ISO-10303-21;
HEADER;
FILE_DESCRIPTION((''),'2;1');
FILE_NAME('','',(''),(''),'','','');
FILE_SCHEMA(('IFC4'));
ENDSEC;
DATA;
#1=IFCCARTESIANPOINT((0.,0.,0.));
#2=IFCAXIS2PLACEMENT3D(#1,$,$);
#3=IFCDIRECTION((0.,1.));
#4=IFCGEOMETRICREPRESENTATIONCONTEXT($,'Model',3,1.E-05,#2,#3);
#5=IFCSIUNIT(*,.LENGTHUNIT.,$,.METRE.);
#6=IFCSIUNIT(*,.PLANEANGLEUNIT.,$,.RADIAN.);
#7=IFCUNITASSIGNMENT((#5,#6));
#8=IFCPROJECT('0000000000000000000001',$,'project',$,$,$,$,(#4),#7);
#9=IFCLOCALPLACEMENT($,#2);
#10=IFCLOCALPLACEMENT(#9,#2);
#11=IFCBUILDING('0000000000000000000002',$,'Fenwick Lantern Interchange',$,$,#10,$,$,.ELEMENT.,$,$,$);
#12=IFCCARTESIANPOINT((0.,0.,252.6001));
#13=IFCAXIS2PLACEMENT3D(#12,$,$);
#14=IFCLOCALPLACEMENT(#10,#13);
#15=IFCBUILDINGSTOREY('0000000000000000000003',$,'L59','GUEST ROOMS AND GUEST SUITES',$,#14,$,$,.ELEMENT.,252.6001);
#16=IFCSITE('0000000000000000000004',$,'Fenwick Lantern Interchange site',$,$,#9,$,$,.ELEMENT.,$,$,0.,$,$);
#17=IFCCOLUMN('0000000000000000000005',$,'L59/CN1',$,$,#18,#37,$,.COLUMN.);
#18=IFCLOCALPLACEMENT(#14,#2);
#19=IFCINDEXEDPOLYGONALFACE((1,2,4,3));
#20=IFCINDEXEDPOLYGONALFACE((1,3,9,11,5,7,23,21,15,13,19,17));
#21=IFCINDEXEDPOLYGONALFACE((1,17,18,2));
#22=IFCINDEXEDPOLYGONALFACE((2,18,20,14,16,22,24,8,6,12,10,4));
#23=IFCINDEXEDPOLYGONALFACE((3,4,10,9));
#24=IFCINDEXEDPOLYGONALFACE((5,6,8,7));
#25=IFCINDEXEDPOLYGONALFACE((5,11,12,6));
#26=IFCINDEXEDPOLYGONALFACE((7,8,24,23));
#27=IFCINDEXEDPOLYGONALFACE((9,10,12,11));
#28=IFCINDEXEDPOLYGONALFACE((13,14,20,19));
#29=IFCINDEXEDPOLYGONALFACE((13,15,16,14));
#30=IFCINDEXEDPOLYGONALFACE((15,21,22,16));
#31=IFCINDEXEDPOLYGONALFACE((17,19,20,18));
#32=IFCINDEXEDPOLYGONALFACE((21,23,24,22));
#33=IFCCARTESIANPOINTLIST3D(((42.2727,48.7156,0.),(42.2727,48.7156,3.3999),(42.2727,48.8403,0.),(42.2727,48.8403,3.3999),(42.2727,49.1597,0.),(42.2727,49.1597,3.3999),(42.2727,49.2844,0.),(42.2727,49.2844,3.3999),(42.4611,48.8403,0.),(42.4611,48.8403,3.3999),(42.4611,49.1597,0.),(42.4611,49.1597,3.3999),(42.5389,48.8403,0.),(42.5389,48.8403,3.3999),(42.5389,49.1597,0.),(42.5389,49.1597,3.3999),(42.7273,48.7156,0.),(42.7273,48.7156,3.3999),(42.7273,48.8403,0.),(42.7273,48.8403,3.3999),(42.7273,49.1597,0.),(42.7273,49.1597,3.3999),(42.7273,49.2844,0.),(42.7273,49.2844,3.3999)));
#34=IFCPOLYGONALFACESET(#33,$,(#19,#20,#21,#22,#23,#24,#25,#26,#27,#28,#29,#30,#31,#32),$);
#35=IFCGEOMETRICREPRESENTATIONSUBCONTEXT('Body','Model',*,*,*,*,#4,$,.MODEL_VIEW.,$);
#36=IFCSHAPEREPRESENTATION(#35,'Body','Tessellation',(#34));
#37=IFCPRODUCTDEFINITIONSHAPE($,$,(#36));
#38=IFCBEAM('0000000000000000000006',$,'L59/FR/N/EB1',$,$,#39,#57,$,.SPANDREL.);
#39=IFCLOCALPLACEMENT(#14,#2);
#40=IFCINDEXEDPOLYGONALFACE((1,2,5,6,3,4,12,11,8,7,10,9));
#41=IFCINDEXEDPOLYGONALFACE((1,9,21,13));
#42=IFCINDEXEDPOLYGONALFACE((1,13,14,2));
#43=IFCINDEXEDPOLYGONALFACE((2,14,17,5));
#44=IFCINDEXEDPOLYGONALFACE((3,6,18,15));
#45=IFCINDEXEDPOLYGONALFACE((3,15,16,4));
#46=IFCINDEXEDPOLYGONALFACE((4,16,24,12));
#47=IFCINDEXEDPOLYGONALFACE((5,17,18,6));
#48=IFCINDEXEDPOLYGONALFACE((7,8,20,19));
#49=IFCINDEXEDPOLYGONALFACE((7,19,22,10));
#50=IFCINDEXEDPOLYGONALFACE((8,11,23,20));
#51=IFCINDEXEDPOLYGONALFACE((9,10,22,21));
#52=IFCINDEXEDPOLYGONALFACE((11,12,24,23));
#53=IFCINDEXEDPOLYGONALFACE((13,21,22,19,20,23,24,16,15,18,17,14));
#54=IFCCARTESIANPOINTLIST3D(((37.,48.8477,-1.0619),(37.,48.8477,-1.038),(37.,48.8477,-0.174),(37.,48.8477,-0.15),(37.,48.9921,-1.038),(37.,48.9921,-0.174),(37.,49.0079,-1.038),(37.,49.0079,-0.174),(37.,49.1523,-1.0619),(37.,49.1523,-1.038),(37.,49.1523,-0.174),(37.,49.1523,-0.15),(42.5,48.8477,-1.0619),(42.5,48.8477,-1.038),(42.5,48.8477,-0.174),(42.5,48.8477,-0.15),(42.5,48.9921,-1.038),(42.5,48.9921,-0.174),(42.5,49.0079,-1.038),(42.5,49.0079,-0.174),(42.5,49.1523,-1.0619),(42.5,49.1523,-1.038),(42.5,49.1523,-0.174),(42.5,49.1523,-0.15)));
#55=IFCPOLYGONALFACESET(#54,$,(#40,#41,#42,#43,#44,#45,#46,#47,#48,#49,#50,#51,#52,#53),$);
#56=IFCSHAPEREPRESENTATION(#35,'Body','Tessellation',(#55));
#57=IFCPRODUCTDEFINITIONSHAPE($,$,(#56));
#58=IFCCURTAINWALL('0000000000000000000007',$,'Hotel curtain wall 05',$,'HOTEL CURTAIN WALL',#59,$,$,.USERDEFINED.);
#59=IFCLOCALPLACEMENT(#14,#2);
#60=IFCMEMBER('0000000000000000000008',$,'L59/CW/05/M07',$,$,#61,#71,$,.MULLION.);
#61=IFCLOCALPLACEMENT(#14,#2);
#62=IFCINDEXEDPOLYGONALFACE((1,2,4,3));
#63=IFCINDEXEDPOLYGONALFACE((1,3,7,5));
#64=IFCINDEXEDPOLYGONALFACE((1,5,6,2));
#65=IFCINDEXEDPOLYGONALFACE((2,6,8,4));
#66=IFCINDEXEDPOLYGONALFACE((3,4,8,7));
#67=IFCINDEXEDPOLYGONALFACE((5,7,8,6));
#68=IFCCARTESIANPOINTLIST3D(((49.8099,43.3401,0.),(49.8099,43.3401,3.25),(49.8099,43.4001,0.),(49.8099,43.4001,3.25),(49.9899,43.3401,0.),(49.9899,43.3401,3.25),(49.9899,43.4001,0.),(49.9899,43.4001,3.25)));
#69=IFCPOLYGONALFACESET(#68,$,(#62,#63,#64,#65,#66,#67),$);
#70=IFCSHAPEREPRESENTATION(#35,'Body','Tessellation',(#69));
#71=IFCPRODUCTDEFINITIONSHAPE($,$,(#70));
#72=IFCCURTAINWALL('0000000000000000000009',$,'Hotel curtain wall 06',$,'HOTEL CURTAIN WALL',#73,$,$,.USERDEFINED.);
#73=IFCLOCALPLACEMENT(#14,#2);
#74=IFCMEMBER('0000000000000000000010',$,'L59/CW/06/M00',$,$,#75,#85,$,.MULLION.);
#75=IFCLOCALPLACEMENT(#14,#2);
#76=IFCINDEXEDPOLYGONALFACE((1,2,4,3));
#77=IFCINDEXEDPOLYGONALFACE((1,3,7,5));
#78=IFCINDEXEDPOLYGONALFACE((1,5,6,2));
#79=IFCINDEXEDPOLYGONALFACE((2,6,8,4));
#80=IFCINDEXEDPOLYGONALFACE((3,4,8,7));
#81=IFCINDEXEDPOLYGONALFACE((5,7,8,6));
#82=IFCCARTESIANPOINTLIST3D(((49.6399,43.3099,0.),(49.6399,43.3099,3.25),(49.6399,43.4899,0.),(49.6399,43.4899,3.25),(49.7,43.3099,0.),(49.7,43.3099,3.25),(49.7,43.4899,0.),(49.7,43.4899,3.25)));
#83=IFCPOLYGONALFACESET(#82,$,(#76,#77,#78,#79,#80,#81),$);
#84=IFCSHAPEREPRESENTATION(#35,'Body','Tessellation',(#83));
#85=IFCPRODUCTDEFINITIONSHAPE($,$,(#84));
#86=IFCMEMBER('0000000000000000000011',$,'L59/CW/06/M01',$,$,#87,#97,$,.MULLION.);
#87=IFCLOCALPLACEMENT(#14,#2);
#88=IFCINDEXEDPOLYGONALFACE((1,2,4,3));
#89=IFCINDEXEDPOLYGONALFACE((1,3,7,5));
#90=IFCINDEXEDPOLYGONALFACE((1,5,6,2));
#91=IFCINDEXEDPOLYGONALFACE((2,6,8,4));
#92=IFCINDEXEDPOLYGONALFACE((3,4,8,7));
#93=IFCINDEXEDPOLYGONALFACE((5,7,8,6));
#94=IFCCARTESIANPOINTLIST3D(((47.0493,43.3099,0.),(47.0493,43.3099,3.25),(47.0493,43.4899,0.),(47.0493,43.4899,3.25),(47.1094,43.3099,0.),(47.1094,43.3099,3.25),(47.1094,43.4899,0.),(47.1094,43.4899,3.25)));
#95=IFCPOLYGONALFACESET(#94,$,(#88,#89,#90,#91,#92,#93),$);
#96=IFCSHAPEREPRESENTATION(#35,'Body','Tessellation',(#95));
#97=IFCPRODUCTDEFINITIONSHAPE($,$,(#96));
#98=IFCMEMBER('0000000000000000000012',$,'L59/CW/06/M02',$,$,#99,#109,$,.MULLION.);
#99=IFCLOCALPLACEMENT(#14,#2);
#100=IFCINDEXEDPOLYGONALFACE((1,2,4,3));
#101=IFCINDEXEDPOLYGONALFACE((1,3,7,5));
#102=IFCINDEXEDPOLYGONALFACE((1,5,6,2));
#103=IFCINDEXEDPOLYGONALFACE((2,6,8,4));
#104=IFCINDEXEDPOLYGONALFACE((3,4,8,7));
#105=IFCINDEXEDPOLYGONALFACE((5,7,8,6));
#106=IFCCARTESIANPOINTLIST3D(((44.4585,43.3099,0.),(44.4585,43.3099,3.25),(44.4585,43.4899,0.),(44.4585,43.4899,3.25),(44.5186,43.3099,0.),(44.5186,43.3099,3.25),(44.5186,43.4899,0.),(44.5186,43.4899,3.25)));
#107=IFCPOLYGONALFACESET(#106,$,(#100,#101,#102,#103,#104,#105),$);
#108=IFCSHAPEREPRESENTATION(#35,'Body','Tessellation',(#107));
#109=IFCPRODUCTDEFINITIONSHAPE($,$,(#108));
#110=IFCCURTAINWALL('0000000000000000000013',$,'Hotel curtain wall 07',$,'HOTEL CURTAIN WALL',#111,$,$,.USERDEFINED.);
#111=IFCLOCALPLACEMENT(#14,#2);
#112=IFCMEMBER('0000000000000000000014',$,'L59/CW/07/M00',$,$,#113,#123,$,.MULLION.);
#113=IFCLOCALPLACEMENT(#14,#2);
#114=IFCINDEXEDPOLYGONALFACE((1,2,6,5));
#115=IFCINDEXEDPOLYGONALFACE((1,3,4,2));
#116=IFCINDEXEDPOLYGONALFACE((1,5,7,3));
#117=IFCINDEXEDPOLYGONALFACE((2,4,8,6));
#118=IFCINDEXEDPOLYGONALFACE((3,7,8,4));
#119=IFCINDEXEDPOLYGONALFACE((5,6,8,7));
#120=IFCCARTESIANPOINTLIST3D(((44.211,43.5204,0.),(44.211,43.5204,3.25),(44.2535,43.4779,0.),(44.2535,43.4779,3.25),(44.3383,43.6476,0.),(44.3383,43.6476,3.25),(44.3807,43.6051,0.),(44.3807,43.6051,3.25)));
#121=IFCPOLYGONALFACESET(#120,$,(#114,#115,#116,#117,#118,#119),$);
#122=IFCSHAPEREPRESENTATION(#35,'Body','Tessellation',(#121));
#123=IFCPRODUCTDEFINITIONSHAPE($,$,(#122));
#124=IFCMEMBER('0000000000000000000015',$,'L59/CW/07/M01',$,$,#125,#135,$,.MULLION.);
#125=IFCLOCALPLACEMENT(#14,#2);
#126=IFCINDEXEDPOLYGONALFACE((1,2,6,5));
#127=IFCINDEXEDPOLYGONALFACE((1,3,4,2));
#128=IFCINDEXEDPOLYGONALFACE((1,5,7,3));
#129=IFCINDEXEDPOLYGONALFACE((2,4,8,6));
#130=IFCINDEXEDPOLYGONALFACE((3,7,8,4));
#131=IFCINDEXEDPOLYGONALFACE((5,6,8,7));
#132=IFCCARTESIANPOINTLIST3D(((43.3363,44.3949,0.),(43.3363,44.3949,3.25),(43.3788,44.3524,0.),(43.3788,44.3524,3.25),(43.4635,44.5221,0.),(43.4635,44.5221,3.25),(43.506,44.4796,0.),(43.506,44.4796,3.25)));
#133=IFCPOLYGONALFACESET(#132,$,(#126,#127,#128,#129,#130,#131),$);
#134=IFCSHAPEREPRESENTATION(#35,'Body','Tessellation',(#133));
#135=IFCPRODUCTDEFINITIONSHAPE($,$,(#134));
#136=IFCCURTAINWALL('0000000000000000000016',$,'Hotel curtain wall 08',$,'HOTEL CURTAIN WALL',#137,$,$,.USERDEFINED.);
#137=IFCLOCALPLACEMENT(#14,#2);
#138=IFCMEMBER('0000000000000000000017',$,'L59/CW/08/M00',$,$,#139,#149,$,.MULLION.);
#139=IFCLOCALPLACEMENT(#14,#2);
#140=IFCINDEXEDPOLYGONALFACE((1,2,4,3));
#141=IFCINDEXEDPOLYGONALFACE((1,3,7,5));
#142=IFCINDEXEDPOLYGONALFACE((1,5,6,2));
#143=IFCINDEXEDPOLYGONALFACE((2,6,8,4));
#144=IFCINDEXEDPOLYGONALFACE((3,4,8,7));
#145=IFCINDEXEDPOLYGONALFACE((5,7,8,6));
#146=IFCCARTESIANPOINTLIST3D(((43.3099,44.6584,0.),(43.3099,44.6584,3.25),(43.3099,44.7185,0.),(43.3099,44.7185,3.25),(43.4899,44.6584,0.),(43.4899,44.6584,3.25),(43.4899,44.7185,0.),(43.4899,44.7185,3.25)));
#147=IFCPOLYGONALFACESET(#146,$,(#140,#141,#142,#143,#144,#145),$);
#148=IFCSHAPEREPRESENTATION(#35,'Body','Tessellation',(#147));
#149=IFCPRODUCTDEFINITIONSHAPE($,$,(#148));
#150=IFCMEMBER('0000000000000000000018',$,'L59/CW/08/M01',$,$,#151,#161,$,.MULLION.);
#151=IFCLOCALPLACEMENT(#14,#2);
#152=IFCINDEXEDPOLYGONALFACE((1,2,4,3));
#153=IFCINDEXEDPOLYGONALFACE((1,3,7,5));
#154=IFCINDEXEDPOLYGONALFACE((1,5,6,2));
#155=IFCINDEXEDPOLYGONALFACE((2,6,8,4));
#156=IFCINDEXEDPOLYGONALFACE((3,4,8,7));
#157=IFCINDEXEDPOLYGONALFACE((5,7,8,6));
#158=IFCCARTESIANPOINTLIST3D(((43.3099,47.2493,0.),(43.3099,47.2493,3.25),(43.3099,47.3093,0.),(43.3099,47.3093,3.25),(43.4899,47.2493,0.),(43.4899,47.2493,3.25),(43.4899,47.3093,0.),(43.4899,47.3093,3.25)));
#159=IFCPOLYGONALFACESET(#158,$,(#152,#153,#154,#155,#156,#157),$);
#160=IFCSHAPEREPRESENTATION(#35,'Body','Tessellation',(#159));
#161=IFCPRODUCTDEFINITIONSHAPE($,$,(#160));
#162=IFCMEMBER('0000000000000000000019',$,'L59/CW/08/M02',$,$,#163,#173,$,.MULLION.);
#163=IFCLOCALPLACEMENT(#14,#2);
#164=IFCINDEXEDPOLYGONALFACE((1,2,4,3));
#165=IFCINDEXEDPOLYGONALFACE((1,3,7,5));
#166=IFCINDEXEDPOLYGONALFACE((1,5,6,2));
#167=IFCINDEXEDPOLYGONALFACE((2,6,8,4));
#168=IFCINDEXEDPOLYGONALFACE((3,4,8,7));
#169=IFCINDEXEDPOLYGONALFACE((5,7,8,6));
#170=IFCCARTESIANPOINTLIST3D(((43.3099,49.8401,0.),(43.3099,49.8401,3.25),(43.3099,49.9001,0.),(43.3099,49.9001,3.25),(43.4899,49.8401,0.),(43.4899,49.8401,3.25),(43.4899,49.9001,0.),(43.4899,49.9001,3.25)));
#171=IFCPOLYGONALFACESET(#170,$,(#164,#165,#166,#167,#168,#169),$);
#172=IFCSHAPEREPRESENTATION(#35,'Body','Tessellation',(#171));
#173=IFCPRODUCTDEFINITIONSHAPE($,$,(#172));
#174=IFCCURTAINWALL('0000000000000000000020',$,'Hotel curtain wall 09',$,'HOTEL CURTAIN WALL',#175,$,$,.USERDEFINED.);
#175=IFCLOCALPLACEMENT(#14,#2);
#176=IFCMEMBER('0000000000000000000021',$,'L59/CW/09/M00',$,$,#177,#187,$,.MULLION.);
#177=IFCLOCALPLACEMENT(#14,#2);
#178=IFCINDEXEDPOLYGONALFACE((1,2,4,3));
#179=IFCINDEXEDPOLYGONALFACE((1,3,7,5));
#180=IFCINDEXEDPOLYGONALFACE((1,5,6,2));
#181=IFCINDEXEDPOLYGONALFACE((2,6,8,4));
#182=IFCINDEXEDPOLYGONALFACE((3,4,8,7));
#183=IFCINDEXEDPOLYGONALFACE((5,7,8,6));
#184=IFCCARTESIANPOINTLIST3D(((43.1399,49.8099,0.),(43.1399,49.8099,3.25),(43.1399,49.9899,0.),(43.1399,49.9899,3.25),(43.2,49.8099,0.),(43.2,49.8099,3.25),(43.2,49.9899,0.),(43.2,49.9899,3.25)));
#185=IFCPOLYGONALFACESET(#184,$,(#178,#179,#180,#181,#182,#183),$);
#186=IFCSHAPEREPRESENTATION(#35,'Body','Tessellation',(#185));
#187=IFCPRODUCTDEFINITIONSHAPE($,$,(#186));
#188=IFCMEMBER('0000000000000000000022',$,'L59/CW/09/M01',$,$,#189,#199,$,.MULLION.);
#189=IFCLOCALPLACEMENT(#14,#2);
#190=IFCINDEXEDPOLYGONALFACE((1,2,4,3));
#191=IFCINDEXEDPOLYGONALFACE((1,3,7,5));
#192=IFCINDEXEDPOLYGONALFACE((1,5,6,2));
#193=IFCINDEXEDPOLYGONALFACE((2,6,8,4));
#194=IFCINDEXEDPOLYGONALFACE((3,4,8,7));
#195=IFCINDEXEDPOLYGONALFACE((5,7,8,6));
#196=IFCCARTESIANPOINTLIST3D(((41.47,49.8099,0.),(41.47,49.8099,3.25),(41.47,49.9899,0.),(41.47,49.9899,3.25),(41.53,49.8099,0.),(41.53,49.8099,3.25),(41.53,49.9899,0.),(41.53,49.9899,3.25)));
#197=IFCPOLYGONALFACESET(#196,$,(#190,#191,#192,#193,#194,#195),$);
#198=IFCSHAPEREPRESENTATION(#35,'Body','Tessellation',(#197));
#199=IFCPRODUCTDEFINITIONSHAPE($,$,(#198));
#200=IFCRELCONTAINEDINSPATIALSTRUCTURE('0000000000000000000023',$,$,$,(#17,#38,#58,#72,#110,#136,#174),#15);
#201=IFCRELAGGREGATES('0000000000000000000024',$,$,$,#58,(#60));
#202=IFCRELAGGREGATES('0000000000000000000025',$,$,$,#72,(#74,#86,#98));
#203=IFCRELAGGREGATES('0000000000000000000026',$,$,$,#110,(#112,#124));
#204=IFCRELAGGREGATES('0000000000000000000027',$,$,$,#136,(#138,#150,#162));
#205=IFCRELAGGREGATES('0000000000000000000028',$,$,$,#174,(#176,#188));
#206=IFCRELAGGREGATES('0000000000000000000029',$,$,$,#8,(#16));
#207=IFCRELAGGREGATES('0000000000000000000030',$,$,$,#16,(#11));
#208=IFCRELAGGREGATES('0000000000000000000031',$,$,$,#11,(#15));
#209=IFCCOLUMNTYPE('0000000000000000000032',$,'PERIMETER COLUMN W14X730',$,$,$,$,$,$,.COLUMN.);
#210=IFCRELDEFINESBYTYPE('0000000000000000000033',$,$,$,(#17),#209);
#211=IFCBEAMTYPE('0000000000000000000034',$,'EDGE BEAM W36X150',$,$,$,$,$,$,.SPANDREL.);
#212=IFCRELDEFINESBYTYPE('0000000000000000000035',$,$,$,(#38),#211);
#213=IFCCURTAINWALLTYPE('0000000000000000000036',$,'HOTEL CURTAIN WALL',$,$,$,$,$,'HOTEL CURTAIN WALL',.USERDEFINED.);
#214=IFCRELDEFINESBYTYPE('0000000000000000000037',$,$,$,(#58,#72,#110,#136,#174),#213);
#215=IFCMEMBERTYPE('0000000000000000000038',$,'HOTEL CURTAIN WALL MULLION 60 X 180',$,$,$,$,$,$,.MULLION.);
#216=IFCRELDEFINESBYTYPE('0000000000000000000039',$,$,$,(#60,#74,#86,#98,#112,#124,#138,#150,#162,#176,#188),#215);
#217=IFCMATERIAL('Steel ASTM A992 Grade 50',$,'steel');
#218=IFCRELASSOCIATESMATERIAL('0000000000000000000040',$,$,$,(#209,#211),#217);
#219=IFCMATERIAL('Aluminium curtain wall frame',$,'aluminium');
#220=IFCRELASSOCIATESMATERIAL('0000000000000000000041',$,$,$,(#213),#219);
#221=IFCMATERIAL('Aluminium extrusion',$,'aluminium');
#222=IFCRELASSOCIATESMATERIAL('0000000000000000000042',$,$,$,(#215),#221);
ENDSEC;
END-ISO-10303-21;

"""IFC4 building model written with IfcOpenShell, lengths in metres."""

from ifc_helpers import new_model, si_unit, direction, frame, origin, origin_2d, place, context, subcontext, project, spatial, rectangle, i_section, extrude, material, material_profile, profile_set, type_object, element, aggregate, save


model = new_model("IFC4")

# Units and contexts
model_context = context("Model", 3, precision=1e-05, world=origin(), true_north=direction((0.0, 1.0)))
body_context = subcontext(model_context, "Body", "Model", "MODEL_VIEW")
ifc_project = project(units=[si_unit("LENGTHUNIT", "METRE"), si_unit("PLANEANGLEUNIT", "RADIAN")], contexts=[model_context])

# Site, building, storey
site_placement = place(None, origin())
site = spatial("IfcSite", under=ifc_project, at=site_placement, Name="Fenwick Lantern Interchange site", CompositionType="ELEMENT", RefElevation=0.0)
building_placement = place(site_placement, origin())
building = spatial("IfcBuilding", under=site, at=building_placement, Name="Fenwick Lantern Interchange", CompositionType="ELEMENT")
storey_placement = place(building_placement, frame((0.0, 0.0, 252.6001)))
storey = spatial("IfcBuildingStorey", under=building, at=storey_placement, Name="L59", Description="GUEST ROOMS AND GUEST SUITES", CompositionType="ELEMENT", Elevation=252.6001)

# Column
ifc_material_1 = material(Name="Steel ASTM A992 Grade 50", Category="steel")
ifc_material_profile_1 = material_profile(ifc_material_1, i_section(OverallWidth=0.4546, OverallDepth=0.5688, WebThickness=0.0779, FlangeThickness=0.1248, at=origin_2d()), Name="W14X730")
ifc_profile_set_1 = profile_set([ifc_material_profile_1], Name="Steel ASTM A992 Grade 50")
column_type = type_object("IfcColumnType", Name="PERIMETER COLUMN W14X730", PredefinedType="COLUMN", material=ifc_profile_set_1)
column_placement = place(storey_placement, frame((42.5, 49.0, 0.0), z_axis=(0.0, 0.0, 1.0), x_axis=(1.0, 0.0, 0.0)))
element("IfcColumn", 1, at=column_placement, inside=storey, type_object=column_type, Name="L59/CN1", PredefinedType="COLUMN", context=body_context, shape_type="SweptSolid", body=[
    extrude(i_section(OverallWidth=0.4546, OverallDepth=0.5688, WebThickness=0.0779, FlangeThickness=0.1248, at=origin_2d()), origin(), (0.0, 0.0, 1.0), 3.3999),
])

# Beam
ifc_material_profile_2 = material_profile(ifc_material_1, i_section(OverallWidth=0.3047, OverallDepth=0.9119, WebThickness=0.0159, FlangeThickness=0.0239, at=origin_2d()), Name="W36X150")
ifc_profile_set_2 = profile_set([ifc_material_profile_2], Name="Steel ASTM A992 Grade 50")
beam_type_1 = type_object("IfcBeamType", Name="EDGE BEAM W36X150", PredefinedType="SPANDREL", material=ifc_profile_set_2)
beam_1_placement = place(storey_placement, frame((42.5, 49.0, -0.606), z_axis=(-1.0, 0.0, 0.0), x_axis=(0.0, -1.0, 0.0)))
element("IfcBeam", 2, at=beam_1_placement, inside=storey, type_object=beam_type_1, Name="L59/FR/N/EB1", PredefinedType="SPANDREL", context=body_context, shape_type="SweptSolid", body=[
    extrude(i_section(OverallWidth=0.3047, OverallDepth=0.9119, WebThickness=0.0159, FlangeThickness=0.0239, at=origin_2d()), origin(), (0.0, 0.0, 1.0), 5.5),
])

# Curtain wall, member
ifc_material_2 = material(Name="Aluminium curtain wall frame", Category="aluminium")
curtain_wall_type = type_object("IfcCurtainWallType", Name="HOTEL CURTAIN WALL", ElementType="HOTEL CURTAIN WALL", PredefinedType="USERDEFINED", material=ifc_material_2)
curtain_wall_1_placement = place(storey_placement, origin())
curtain_wall_1 = element("IfcCurtainWall", 3, at=curtain_wall_1_placement, inside=storey, type_object=curtain_wall_type, Name="Hotel curtain wall 05", ObjectType="HOTEL CURTAIN WALL", PredefinedType="USERDEFINED")
ifc_material_3 = material(Name="Aluminium extrusion", Category="aluminium")
ifc_material_profile_3 = material_profile(ifc_material_3, rectangle(XDim=0.1799, YDim=0.0601, at=origin_2d()), Name="HOTEL CURTAIN WALL MULLION 60 X 180")
ifc_profile_set_3 = profile_set([ifc_material_profile_3], Name="Aluminium extrusion")
member_type_1 = type_object("IfcMemberType", Name="HOTEL CURTAIN WALL MULLION 60 X 180", PredefinedType="MULLION", material=ifc_profile_set_3)
member_1_placement = place(storey_placement, frame((49.8999, 43.3701, 0.0), z_axis=(0.0, 0.0, 1.0), x_axis=(-1.0, 0.0, 0.0)))
member_1 = element("IfcMember", 4, at=member_1_placement, type_object=member_type_1, Name="L59/CW/05/M07", PredefinedType="MULLION", context=body_context, shape_type="SweptSolid", body=[
    extrude(rectangle(XDim=0.1799, YDim=0.0601, at=origin_2d()), origin(), (0.0, 0.0, 1.0), 3.25),
])
aggregate(curtain_wall_1, [member_1])

# Curtain walls, members
curtain_wall_2_placement = place(storey_placement, origin())
curtain_wall_2 = element("IfcCurtainWall", 5, at=curtain_wall_2_placement, inside=storey, type_object=curtain_wall_type, Name="Hotel curtain wall 06", ObjectType="HOTEL CURTAIN WALL", PredefinedType="USERDEFINED")
member_2_placement = place(storey_placement, frame((49.6699, 43.3999, 0.0), z_axis=(0.0, 0.0, 1.0), x_axis=(0.0, -1.0, 0.0)))
member_2 = element("IfcMember", 6, at=member_2_placement, type_object=member_type_1, Name="L59/CW/06/M00", PredefinedType="MULLION", context=body_context, shape_type="SweptSolid", body=[
    extrude(rectangle(XDim=0.1799, YDim=0.0601, at=origin_2d()), origin(), (0.0, 0.0, 1.0), 3.25),
])
member_3_placement = place(storey_placement, frame((47.0793, 43.3999, 0.0), z_axis=(0.0, 0.0, 1.0), x_axis=(0.0, -1.0, 0.0)))
member_3 = element("IfcMember", 7, at=member_3_placement, type_object=member_type_1, Name="L59/CW/06/M01", PredefinedType="MULLION", context=body_context, shape_type="SweptSolid", body=[
    extrude(rectangle(XDim=0.1799, YDim=0.0601, at=origin_2d()), origin(), (0.0, 0.0, 1.0), 3.25),
])
member_4_placement = place(storey_placement, frame((44.4885, 43.3999, 0.0), z_axis=(0.0, 0.0, 1.0), x_axis=(0.0, -1.0, 0.0)))
member_4 = element("IfcMember", 8, at=member_4_placement, type_object=member_type_1, Name="L59/CW/06/M02", PredefinedType="MULLION", context=body_context, shape_type="SweptSolid", body=[
    extrude(rectangle(XDim=0.1799, YDim=0.0601, at=origin_2d()), origin(), (0.0, 0.0, 1.0), 3.25),
])
curtain_wall_3_placement = place(storey_placement, origin())
curtain_wall_3 = element("IfcCurtainWall", 9, at=curtain_wall_3_placement, inside=storey, type_object=curtain_wall_type, Name="Hotel curtain wall 07", ObjectType="HOTEL CURTAIN WALL", PredefinedType="USERDEFINED")
member_5_placement = place(storey_placement, frame((44.2959, 43.5627, 0.0), z_axis=(0.0, 0.0, 1.0), x_axis=(-0.707107, -0.707107, 0.0)))
member_5 = element("IfcMember", 10, at=member_5_placement, type_object=member_type_1, Name="L59/CW/07/M00", PredefinedType="MULLION", context=body_context, shape_type="SweptSolid", body=[
    extrude(rectangle(XDim=0.1799, YDim=0.0601, at=origin_2d()), origin(), (0.0, 0.0, 1.0), 3.25),
])
member_6_placement = place(storey_placement, frame((43.4211, 44.4373, 0.0), z_axis=(0.0, 0.0, 1.0), x_axis=(-0.707107, -0.707107, 0.0)))
member_6 = element("IfcMember", 11, at=member_6_placement, type_object=member_type_1, Name="L59/CW/07/M01", PredefinedType="MULLION", context=body_context, shape_type="SweptSolid", body=[
    extrude(rectangle(XDim=0.1799, YDim=0.0601, at=origin_2d()), origin(), (0.0, 0.0, 1.0), 3.25),
])
curtain_wall_4_placement = place(storey_placement, origin())
curtain_wall_4 = element("IfcCurtainWall", 12, at=curtain_wall_4_placement, inside=storey, type_object=curtain_wall_type, Name="Hotel curtain wall 08", ObjectType="HOTEL CURTAIN WALL", PredefinedType="USERDEFINED")
member_7_placement = place(storey_placement, frame((43.3999, 44.6885, 0.0), z_axis=(0.0, 0.0, 1.0), x_axis=(-1.0, 0.0, 0.0)))
member_7 = element("IfcMember", 13, at=member_7_placement, type_object=member_type_1, Name="L59/CW/08/M00", PredefinedType="MULLION", context=body_context, shape_type="SweptSolid", body=[
    extrude(rectangle(XDim=0.1799, YDim=0.0601, at=origin_2d()), origin(), (0.0, 0.0, 1.0), 3.25),
])
member_8_placement = place(storey_placement, frame((43.3999, 47.2793, 0.0), z_axis=(0.0, 0.0, 1.0), x_axis=(-1.0, 0.0, 0.0)))
member_8 = element("IfcMember", 14, at=member_8_placement, type_object=member_type_1, Name="L59/CW/08/M01", PredefinedType="MULLION", context=body_context, shape_type="SweptSolid", body=[
    extrude(rectangle(XDim=0.1799, YDim=0.0601, at=origin_2d()), origin(), (0.0, 0.0, 1.0), 3.25),
])
member_9_placement = place(storey_placement, frame((43.3999, 49.8701, 0.0), z_axis=(0.0, 0.0, 1.0), x_axis=(-1.0, 0.0, 0.0)))
member_9 = element("IfcMember", 15, at=member_9_placement, type_object=member_type_1, Name="L59/CW/08/M02", PredefinedType="MULLION", context=body_context, shape_type="SweptSolid", body=[
    extrude(rectangle(XDim=0.1799, YDim=0.0601, at=origin_2d()), origin(), (0.0, 0.0, 1.0), 3.25),
])
curtain_wall_5_placement = place(storey_placement, origin())
curtain_wall_5 = element("IfcCurtainWall", 16, at=curtain_wall_5_placement, inside=storey, type_object=curtain_wall_type, Name="Hotel curtain wall 09", ObjectType="HOTEL CURTAIN WALL", PredefinedType="USERDEFINED")
member_10_placement = place(storey_placement, frame((43.1699, 49.8999, 0.0), z_axis=(0.0, 0.0, 1.0), x_axis=(0.0, -1.0, 0.0)))
member_10 = element("IfcMember", 17, at=member_10_placement, type_object=member_type_1, Name="L59/CW/09/M00", PredefinedType="MULLION", context=body_context, shape_type="SweptSolid", body=[
    extrude(rectangle(XDim=0.1799, YDim=0.0601, at=origin_2d()), origin(), (0.0, 0.0, 1.0), 3.25),
])
member_11_placement = place(storey_placement, frame((41.5, 49.8999, 0.0), z_axis=(0.0, 0.0, 1.0), x_axis=(0.0, -1.0, 0.0)))
member_11 = element("IfcMember", 18, at=member_11_placement, type_object=member_type_1, Name="L59/CW/09/M01", PredefinedType="MULLION", context=body_context, shape_type="SweptSolid", body=[
    extrude(rectangle(XDim=0.1799, YDim=0.0601, at=origin_2d()), origin(), (0.0, 0.0, 1.0), 3.25),
])

aggregate(curtain_wall_2, [member_2, member_3, member_4])
aggregate(curtain_wall_3, [member_5, member_6])
aggregate(curtain_wall_4, [member_7, member_8, member_9])
aggregate(curtain_wall_5, [member_10, member_11])

save(model, "model.ifc")
